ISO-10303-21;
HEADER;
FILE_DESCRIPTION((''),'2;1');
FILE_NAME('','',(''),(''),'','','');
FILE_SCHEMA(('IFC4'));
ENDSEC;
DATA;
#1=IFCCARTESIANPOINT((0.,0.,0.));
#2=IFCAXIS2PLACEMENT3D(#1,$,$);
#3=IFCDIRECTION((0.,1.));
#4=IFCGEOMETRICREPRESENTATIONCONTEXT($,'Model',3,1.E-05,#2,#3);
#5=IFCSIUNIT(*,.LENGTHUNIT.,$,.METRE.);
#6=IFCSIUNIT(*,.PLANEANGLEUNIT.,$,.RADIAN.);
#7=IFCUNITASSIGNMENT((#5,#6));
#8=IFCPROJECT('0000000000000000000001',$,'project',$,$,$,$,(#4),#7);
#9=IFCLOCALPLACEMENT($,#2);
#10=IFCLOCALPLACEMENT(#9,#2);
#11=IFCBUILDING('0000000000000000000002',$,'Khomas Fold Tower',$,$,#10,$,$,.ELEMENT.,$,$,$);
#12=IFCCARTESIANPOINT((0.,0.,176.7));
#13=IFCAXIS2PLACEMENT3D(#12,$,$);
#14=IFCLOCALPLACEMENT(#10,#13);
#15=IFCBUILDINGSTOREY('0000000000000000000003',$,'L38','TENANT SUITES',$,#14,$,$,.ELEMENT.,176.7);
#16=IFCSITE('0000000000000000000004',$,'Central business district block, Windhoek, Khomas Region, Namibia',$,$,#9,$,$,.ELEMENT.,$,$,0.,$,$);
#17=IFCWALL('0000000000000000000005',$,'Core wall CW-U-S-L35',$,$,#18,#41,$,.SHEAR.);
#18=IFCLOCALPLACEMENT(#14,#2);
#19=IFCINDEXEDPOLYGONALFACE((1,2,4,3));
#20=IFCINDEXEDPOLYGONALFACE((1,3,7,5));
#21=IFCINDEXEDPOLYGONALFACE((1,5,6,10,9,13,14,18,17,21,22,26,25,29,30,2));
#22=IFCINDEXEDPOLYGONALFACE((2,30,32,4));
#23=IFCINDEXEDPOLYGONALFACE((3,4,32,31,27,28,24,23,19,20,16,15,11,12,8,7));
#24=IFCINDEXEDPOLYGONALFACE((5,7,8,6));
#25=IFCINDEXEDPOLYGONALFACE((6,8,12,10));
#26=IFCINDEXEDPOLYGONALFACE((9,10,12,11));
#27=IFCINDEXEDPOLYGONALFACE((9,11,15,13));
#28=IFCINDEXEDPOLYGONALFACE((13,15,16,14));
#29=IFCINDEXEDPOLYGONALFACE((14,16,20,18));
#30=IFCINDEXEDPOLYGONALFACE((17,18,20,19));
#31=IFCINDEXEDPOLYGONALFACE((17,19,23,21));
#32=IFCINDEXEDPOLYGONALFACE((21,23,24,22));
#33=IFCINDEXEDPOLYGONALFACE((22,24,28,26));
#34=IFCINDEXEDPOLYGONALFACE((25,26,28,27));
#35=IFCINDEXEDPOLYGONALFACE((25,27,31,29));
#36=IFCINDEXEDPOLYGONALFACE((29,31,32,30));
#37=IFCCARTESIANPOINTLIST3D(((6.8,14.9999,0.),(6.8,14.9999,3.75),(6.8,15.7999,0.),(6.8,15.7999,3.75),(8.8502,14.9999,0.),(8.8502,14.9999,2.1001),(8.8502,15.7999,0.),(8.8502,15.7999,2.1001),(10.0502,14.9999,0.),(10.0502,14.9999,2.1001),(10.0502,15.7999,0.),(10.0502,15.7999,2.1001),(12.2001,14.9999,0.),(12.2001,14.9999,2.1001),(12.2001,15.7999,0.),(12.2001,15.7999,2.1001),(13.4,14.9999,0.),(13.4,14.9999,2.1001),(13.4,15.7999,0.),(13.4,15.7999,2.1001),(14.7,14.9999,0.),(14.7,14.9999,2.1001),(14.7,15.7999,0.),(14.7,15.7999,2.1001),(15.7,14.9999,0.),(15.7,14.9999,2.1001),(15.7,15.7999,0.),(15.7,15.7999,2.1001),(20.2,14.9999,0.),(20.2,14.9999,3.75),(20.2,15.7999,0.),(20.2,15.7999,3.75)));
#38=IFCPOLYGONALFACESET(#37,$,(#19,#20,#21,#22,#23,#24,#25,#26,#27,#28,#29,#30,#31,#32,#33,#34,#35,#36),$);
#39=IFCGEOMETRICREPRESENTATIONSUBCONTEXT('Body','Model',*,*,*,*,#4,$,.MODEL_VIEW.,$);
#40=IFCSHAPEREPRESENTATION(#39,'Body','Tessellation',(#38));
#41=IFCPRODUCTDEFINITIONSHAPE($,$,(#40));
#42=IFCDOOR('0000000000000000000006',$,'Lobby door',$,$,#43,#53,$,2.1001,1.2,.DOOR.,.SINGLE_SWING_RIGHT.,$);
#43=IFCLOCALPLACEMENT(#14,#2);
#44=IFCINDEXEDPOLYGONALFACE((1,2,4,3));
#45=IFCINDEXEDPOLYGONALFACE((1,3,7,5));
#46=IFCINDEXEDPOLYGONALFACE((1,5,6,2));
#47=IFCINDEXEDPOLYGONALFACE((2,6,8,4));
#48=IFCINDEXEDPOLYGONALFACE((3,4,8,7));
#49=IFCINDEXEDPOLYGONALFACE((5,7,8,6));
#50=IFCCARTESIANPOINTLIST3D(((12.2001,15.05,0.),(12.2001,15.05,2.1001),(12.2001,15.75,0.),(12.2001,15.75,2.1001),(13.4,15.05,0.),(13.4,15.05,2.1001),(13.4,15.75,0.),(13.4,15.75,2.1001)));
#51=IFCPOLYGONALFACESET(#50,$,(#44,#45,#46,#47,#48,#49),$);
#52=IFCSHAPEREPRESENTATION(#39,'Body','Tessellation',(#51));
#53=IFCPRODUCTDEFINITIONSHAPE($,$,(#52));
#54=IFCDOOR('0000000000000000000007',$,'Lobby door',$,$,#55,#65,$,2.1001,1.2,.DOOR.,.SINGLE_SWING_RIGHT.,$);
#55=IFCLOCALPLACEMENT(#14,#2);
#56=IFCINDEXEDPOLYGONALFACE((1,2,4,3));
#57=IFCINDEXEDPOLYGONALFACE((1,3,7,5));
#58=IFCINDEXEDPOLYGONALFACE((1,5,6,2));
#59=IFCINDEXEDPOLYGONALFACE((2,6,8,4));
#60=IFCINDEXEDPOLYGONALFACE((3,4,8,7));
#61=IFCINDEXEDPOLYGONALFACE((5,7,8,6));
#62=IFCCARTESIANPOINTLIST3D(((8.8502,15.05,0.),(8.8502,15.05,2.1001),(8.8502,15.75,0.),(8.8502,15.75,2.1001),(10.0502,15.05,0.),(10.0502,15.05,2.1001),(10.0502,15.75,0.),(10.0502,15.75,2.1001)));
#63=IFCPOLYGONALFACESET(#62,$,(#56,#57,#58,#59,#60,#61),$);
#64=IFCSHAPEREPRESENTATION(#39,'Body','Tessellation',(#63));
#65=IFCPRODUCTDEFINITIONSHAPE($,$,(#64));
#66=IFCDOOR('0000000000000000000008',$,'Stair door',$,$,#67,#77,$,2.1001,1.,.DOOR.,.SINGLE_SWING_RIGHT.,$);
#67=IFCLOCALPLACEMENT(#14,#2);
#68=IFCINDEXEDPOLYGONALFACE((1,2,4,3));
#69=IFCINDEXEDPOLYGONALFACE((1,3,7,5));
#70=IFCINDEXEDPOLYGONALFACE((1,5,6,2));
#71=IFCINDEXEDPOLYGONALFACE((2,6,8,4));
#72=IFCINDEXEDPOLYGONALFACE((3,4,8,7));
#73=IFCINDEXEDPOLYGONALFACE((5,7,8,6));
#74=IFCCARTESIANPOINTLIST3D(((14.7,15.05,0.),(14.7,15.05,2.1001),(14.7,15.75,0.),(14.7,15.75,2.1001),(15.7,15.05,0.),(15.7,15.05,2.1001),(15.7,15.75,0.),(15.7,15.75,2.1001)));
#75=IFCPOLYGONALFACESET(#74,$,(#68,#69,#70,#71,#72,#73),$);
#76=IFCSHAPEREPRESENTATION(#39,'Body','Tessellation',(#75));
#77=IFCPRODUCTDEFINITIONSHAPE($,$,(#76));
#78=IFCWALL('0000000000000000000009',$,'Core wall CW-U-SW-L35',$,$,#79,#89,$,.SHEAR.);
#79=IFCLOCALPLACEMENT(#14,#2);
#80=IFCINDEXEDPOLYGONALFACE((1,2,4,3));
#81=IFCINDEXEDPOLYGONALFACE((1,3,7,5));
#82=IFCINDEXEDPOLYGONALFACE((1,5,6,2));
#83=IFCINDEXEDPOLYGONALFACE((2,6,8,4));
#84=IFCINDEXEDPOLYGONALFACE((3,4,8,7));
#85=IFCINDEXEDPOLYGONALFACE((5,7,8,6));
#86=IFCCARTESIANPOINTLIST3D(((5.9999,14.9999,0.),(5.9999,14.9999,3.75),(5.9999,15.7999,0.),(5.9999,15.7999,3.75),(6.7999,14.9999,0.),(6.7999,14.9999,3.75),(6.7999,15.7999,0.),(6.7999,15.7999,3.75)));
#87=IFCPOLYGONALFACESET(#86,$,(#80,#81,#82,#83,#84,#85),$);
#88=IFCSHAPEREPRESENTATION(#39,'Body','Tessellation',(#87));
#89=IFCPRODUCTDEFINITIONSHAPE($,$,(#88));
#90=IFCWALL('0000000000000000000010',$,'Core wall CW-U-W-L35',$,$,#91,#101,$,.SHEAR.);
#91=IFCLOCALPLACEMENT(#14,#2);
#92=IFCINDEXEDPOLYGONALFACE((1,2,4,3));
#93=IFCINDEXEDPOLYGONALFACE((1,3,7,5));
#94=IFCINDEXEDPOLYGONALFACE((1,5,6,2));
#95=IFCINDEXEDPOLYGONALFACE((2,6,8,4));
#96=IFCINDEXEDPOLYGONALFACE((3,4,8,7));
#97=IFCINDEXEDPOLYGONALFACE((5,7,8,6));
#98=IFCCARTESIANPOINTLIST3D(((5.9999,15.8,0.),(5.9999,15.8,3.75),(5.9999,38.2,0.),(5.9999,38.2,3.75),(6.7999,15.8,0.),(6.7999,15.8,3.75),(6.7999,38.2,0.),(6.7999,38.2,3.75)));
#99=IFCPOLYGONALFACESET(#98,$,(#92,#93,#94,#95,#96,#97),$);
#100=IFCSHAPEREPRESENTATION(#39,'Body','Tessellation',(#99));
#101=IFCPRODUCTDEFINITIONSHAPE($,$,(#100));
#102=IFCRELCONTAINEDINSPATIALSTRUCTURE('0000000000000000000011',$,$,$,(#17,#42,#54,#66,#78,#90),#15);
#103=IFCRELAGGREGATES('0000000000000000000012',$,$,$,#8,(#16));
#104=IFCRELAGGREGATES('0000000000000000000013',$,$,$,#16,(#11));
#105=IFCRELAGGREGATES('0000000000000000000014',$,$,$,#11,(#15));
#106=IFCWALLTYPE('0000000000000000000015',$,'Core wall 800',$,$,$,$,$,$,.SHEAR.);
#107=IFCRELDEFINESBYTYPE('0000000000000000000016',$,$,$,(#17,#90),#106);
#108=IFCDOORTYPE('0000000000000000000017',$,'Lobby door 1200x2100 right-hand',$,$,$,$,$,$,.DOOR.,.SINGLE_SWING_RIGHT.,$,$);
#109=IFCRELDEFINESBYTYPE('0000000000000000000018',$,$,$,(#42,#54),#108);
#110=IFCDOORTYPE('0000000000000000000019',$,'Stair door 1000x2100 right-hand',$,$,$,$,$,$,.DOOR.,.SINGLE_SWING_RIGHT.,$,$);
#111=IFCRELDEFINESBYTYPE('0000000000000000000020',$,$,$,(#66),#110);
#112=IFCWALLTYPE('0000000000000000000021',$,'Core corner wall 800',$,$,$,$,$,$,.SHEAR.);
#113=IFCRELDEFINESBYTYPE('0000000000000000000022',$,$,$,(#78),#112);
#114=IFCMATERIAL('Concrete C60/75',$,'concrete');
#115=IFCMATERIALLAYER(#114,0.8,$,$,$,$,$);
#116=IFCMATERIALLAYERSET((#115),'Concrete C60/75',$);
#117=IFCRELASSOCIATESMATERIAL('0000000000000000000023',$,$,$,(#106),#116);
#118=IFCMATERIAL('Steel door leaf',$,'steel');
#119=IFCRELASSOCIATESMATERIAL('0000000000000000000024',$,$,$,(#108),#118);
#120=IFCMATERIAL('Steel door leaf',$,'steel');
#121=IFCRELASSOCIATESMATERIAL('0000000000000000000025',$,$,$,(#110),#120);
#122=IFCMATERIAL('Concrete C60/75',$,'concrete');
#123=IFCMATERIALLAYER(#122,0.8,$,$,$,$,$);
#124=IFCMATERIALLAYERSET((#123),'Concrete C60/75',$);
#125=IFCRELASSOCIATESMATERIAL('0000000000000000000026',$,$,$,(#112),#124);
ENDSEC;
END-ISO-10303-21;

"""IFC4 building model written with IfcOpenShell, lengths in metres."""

from ifc_helpers import new_model, si_unit, direction, frame, frame_2d, origin, place, context, subcontext, project, spatial, rectangle, extrude, source, transform, mapped, material, layer, layer_set, type_object, element, fill, save


model = new_model("IFC4")

# Units and contexts
model_context = context("Model", 3, precision=1e-05, world=origin(), true_north=direction((0.0, 1.0)))
body_context = subcontext(model_context, "Body", "Model", "MODEL_VIEW")
ifc_project = project(units=[si_unit("LENGTHUNIT", "METRE"), si_unit("PLANEANGLEUNIT", "RADIAN")], contexts=[model_context])

# Site, building, storey
site_placement = place(None, origin())
site = spatial("IfcSite", under=ifc_project, at=site_placement, Name="Central business district block, Windhoek, Khomas Region, Namibia", CompositionType="ELEMENT", RefElevation=0.0)
building_placement = place(site_placement, origin())
building = spatial("IfcBuilding", under=site, at=building_placement, Name="Khomas Fold Tower", CompositionType="ELEMENT")
storey_placement = place(building_placement, frame((0.0, 0.0, 176.7)))
storey = spatial("IfcBuildingStorey", under=building, at=storey_placement, Name="L38", Description="TENANT SUITES", CompositionType="ELEMENT", Elevation=176.7)

# Wall, openings, doors
ifc_material_1 = material(Name="Concrete C60/75", Category="concrete")
ifc_layer_1 = layer(ifc_material_1, 0.8)
ifc_layer_set_1 = layer_set([ifc_layer_1], Name="Concrete C60/75")
wall_type_1 = type_object("IfcWallType", Name="Core wall 800", PredefinedType="SHEAR", material=ifc_layer_set_1)
shared_shape_1 = source(origin(), body_context, "Body", "SweptSolid", [
    extrude(rectangle(XDim=13.3999, YDim=0.8, at=frame_2d((6.7, 0.0))), origin(), (0.0, 0.0, 1.0), 3.75),
])
wall_1_placement = place(storey_placement, frame((6.8, 15.3999, 0.0), z_axis=(0.0, 0.0, 1.0), x_axis=(1.0, 0.0, 0.0)))
wall_1 = element("IfcWall", 1, at=wall_1_placement, inside=storey, type_object=wall_type_1, Name="Core wall CW-U-S-L35", PredefinedType="SHEAR", context=body_context, shape_type="MappedRepresentation", body=[
    mapped(shared_shape_1, transform((0.0, 0.0, 0.0))),
])
shared_shape_2 = source(origin(), body_context, "Body", "SweptSolid", [
    extrude(rectangle(XDim=1.2, YDim=2.1001, at=frame_2d((0.6001, 1.05))), frame((0.0, 0.4099, 0.0), z_axis=(0.0, -1.0, 0.0), x_axis=(1.0, 0.0, 0.0)), (0.0, 0.0, 1.0), 0.8201),
])
opening_1_placement = place(wall_1_placement, frame((5.3999, 0.0, 0.0)))
opening_1 = element("IfcOpeningElement", 2, at=opening_1_placement, cuts=wall_1, PredefinedType="OPENING", context=body_context, shape_type="MappedRepresentation", body=[
    mapped(shared_shape_2, transform((0.0, 0.0, 0.0))),
])
opening_2_placement = place(wall_1_placement, frame((2.05, 0.0, 0.0)))
opening_2 = element("IfcOpeningElement", 3, at=opening_2_placement, cuts=wall_1, PredefinedType="OPENING", context=body_context, shape_type="MappedRepresentation", body=[
    mapped(shared_shape_2, transform((0.0, 0.0, 0.0))),
])
shared_shape_3 = source(origin(), body_context, "Body", "SweptSolid", [
    extrude(rectangle(XDim=1.0, YDim=2.1001, at=frame_2d((0.5, 1.05))), frame((0.0, 0.4099, 0.0), z_axis=(0.0, -1.0, 0.0), x_axis=(1.0, 0.0, 0.0)), (0.0, 0.0, 1.0), 0.8201),
])
opening_3_placement = place(wall_1_placement, frame((7.8999, 0.0, 0.0)))
opening_3 = element("IfcOpeningElement", 4, at=opening_3_placement, cuts=wall_1, PredefinedType="OPENING", context=body_context, shape_type="MappedRepresentation", body=[
    mapped(shared_shape_3, transform((0.0, 0.0, 0.0))),
])
ifc_material_2 = material(Name="Steel door leaf", Category="steel")
door_type_1 = type_object("IfcDoorType", Name="Lobby door 1200x2100 right-hand", OperationType="SINGLE_SWING_RIGHT", PredefinedType="DOOR", material=ifc_material_2)
shared_shape_4 = source(origin(), body_context, "Body", "SweptSolid", [
    extrude(rectangle(XDim=1.2, YDim=2.1001, at=frame_2d((0.6001, 1.05))), frame((0.0, 0.3501, 0.0), z_axis=(0.0, -1.0, 0.0), x_axis=(1.0, 0.0, 0.0)), (0.0, 0.0, 1.0), 0.7),
])
door_1_placement = place(opening_1_placement, origin())
door_1 = element("IfcDoor", 5, at=door_1_placement, inside=storey, type_object=door_type_1, Name="Lobby door", OperationType="SINGLE_SWING_RIGHT", OverallHeight=2.1001, OverallWidth=1.2, PredefinedType="DOOR", context=body_context, shape_type="MappedRepresentation", body=[
    mapped(shared_shape_4, transform((0.0, 0.0, 0.0))),
])
fill(opening_1, door_1)
door_2_placement = place(opening_2_placement, origin())
door_2 = element("IfcDoor", 6, at=door_2_placement, inside=storey, type_object=door_type_1, Name="Lobby door", OperationType="SINGLE_SWING_RIGHT", OverallHeight=2.1001, OverallWidth=1.2, PredefinedType="DOOR", context=body_context, shape_type="MappedRepresentation", body=[
    mapped(shared_shape_4, transform((0.0, 0.0, 0.0))),
])
fill(opening_2, door_2)
ifc_material_3 = material(Name="Steel door leaf", Category="steel")
door_type_2 = type_object("IfcDoorType", Name="Stair door 1000x2100 right-hand", OperationType="SINGLE_SWING_RIGHT", PredefinedType="DOOR", material=ifc_material_3)
shared_shape_5 = source(origin(), body_context, "Body", "SweptSolid", [
    extrude(rectangle(XDim=1.0, YDim=2.1001, at=frame_2d((0.5, 1.05))), frame((0.0, 0.3501, 0.0), z_axis=(0.0, -1.0, 0.0), x_axis=(1.0, 0.0, 0.0)), (0.0, 0.0, 1.0), 0.7),
])
door_3_placement = place(opening_3_placement, origin())
door_3 = element("IfcDoor", 7, at=door_3_placement, inside=storey, type_object=door_type_2, Name="Stair door", OperationType="SINGLE_SWING_RIGHT", OverallHeight=2.1001, OverallWidth=1.0, PredefinedType="DOOR", context=body_context, shape_type="MappedRepresentation", body=[
    mapped(shared_shape_5, transform((0.0, 0.0, 0.0))),
])
fill(opening_3, door_3)

# Walls
ifc_material_4 = material(Name="Concrete C60/75", Category="concrete")
ifc_layer_2 = layer(ifc_material_4, 0.8)
ifc_layer_set_2 = layer_set([ifc_layer_2], Name="Concrete C60/75")
wall_type_2 = type_object("IfcWallType", Name="Core corner wall 800", PredefinedType="SHEAR", material=ifc_layer_set_2)
shared_shape_6 = source(origin(), body_context, "Body", "SweptSolid", [
    extrude(rectangle(XDim=0.8, YDim=0.8, at=frame_2d((0.3999, 0.0))), origin(), (0.0, 0.0, 1.0), 3.75),
])
wall_2_placement = place(storey_placement, frame((6.0, 15.3999, 0.0), z_axis=(0.0, 0.0, 1.0), x_axis=(1.0, 0.0, 0.0)))
element("IfcWall", 8, at=wall_2_placement, inside=storey, type_object=wall_type_2, Name="Core wall CW-U-SW-L35", PredefinedType="SHEAR", context=body_context, shape_type="MappedRepresentation", body=[
    mapped(shared_shape_6, transform((0.0, 0.0, 0.0))),
])
shared_shape_7 = source(origin(), body_context, "Body", "SweptSolid", [
    extrude(rectangle(XDim=22.3999, YDim=0.8, at=frame_2d((11.2, 0.0))), origin(), (0.0, 0.0, 1.0), 3.75),
])
wall_3_placement = place(storey_placement, frame((6.3999, 15.8, 0.0), z_axis=(0.0, 0.0, 1.0), x_axis=(0.0, 1.0, 0.0)))
element("IfcWall", 9, at=wall_3_placement, inside=storey, type_object=wall_type_1, Name="Core wall CW-U-W-L35", PredefinedType="SHEAR", context=body_context, shape_type="MappedRepresentation", body=[
    mapped(shared_shape_7, transform((0.0, 0.0, 0.0))),
])

save(model, "model.ifc")
